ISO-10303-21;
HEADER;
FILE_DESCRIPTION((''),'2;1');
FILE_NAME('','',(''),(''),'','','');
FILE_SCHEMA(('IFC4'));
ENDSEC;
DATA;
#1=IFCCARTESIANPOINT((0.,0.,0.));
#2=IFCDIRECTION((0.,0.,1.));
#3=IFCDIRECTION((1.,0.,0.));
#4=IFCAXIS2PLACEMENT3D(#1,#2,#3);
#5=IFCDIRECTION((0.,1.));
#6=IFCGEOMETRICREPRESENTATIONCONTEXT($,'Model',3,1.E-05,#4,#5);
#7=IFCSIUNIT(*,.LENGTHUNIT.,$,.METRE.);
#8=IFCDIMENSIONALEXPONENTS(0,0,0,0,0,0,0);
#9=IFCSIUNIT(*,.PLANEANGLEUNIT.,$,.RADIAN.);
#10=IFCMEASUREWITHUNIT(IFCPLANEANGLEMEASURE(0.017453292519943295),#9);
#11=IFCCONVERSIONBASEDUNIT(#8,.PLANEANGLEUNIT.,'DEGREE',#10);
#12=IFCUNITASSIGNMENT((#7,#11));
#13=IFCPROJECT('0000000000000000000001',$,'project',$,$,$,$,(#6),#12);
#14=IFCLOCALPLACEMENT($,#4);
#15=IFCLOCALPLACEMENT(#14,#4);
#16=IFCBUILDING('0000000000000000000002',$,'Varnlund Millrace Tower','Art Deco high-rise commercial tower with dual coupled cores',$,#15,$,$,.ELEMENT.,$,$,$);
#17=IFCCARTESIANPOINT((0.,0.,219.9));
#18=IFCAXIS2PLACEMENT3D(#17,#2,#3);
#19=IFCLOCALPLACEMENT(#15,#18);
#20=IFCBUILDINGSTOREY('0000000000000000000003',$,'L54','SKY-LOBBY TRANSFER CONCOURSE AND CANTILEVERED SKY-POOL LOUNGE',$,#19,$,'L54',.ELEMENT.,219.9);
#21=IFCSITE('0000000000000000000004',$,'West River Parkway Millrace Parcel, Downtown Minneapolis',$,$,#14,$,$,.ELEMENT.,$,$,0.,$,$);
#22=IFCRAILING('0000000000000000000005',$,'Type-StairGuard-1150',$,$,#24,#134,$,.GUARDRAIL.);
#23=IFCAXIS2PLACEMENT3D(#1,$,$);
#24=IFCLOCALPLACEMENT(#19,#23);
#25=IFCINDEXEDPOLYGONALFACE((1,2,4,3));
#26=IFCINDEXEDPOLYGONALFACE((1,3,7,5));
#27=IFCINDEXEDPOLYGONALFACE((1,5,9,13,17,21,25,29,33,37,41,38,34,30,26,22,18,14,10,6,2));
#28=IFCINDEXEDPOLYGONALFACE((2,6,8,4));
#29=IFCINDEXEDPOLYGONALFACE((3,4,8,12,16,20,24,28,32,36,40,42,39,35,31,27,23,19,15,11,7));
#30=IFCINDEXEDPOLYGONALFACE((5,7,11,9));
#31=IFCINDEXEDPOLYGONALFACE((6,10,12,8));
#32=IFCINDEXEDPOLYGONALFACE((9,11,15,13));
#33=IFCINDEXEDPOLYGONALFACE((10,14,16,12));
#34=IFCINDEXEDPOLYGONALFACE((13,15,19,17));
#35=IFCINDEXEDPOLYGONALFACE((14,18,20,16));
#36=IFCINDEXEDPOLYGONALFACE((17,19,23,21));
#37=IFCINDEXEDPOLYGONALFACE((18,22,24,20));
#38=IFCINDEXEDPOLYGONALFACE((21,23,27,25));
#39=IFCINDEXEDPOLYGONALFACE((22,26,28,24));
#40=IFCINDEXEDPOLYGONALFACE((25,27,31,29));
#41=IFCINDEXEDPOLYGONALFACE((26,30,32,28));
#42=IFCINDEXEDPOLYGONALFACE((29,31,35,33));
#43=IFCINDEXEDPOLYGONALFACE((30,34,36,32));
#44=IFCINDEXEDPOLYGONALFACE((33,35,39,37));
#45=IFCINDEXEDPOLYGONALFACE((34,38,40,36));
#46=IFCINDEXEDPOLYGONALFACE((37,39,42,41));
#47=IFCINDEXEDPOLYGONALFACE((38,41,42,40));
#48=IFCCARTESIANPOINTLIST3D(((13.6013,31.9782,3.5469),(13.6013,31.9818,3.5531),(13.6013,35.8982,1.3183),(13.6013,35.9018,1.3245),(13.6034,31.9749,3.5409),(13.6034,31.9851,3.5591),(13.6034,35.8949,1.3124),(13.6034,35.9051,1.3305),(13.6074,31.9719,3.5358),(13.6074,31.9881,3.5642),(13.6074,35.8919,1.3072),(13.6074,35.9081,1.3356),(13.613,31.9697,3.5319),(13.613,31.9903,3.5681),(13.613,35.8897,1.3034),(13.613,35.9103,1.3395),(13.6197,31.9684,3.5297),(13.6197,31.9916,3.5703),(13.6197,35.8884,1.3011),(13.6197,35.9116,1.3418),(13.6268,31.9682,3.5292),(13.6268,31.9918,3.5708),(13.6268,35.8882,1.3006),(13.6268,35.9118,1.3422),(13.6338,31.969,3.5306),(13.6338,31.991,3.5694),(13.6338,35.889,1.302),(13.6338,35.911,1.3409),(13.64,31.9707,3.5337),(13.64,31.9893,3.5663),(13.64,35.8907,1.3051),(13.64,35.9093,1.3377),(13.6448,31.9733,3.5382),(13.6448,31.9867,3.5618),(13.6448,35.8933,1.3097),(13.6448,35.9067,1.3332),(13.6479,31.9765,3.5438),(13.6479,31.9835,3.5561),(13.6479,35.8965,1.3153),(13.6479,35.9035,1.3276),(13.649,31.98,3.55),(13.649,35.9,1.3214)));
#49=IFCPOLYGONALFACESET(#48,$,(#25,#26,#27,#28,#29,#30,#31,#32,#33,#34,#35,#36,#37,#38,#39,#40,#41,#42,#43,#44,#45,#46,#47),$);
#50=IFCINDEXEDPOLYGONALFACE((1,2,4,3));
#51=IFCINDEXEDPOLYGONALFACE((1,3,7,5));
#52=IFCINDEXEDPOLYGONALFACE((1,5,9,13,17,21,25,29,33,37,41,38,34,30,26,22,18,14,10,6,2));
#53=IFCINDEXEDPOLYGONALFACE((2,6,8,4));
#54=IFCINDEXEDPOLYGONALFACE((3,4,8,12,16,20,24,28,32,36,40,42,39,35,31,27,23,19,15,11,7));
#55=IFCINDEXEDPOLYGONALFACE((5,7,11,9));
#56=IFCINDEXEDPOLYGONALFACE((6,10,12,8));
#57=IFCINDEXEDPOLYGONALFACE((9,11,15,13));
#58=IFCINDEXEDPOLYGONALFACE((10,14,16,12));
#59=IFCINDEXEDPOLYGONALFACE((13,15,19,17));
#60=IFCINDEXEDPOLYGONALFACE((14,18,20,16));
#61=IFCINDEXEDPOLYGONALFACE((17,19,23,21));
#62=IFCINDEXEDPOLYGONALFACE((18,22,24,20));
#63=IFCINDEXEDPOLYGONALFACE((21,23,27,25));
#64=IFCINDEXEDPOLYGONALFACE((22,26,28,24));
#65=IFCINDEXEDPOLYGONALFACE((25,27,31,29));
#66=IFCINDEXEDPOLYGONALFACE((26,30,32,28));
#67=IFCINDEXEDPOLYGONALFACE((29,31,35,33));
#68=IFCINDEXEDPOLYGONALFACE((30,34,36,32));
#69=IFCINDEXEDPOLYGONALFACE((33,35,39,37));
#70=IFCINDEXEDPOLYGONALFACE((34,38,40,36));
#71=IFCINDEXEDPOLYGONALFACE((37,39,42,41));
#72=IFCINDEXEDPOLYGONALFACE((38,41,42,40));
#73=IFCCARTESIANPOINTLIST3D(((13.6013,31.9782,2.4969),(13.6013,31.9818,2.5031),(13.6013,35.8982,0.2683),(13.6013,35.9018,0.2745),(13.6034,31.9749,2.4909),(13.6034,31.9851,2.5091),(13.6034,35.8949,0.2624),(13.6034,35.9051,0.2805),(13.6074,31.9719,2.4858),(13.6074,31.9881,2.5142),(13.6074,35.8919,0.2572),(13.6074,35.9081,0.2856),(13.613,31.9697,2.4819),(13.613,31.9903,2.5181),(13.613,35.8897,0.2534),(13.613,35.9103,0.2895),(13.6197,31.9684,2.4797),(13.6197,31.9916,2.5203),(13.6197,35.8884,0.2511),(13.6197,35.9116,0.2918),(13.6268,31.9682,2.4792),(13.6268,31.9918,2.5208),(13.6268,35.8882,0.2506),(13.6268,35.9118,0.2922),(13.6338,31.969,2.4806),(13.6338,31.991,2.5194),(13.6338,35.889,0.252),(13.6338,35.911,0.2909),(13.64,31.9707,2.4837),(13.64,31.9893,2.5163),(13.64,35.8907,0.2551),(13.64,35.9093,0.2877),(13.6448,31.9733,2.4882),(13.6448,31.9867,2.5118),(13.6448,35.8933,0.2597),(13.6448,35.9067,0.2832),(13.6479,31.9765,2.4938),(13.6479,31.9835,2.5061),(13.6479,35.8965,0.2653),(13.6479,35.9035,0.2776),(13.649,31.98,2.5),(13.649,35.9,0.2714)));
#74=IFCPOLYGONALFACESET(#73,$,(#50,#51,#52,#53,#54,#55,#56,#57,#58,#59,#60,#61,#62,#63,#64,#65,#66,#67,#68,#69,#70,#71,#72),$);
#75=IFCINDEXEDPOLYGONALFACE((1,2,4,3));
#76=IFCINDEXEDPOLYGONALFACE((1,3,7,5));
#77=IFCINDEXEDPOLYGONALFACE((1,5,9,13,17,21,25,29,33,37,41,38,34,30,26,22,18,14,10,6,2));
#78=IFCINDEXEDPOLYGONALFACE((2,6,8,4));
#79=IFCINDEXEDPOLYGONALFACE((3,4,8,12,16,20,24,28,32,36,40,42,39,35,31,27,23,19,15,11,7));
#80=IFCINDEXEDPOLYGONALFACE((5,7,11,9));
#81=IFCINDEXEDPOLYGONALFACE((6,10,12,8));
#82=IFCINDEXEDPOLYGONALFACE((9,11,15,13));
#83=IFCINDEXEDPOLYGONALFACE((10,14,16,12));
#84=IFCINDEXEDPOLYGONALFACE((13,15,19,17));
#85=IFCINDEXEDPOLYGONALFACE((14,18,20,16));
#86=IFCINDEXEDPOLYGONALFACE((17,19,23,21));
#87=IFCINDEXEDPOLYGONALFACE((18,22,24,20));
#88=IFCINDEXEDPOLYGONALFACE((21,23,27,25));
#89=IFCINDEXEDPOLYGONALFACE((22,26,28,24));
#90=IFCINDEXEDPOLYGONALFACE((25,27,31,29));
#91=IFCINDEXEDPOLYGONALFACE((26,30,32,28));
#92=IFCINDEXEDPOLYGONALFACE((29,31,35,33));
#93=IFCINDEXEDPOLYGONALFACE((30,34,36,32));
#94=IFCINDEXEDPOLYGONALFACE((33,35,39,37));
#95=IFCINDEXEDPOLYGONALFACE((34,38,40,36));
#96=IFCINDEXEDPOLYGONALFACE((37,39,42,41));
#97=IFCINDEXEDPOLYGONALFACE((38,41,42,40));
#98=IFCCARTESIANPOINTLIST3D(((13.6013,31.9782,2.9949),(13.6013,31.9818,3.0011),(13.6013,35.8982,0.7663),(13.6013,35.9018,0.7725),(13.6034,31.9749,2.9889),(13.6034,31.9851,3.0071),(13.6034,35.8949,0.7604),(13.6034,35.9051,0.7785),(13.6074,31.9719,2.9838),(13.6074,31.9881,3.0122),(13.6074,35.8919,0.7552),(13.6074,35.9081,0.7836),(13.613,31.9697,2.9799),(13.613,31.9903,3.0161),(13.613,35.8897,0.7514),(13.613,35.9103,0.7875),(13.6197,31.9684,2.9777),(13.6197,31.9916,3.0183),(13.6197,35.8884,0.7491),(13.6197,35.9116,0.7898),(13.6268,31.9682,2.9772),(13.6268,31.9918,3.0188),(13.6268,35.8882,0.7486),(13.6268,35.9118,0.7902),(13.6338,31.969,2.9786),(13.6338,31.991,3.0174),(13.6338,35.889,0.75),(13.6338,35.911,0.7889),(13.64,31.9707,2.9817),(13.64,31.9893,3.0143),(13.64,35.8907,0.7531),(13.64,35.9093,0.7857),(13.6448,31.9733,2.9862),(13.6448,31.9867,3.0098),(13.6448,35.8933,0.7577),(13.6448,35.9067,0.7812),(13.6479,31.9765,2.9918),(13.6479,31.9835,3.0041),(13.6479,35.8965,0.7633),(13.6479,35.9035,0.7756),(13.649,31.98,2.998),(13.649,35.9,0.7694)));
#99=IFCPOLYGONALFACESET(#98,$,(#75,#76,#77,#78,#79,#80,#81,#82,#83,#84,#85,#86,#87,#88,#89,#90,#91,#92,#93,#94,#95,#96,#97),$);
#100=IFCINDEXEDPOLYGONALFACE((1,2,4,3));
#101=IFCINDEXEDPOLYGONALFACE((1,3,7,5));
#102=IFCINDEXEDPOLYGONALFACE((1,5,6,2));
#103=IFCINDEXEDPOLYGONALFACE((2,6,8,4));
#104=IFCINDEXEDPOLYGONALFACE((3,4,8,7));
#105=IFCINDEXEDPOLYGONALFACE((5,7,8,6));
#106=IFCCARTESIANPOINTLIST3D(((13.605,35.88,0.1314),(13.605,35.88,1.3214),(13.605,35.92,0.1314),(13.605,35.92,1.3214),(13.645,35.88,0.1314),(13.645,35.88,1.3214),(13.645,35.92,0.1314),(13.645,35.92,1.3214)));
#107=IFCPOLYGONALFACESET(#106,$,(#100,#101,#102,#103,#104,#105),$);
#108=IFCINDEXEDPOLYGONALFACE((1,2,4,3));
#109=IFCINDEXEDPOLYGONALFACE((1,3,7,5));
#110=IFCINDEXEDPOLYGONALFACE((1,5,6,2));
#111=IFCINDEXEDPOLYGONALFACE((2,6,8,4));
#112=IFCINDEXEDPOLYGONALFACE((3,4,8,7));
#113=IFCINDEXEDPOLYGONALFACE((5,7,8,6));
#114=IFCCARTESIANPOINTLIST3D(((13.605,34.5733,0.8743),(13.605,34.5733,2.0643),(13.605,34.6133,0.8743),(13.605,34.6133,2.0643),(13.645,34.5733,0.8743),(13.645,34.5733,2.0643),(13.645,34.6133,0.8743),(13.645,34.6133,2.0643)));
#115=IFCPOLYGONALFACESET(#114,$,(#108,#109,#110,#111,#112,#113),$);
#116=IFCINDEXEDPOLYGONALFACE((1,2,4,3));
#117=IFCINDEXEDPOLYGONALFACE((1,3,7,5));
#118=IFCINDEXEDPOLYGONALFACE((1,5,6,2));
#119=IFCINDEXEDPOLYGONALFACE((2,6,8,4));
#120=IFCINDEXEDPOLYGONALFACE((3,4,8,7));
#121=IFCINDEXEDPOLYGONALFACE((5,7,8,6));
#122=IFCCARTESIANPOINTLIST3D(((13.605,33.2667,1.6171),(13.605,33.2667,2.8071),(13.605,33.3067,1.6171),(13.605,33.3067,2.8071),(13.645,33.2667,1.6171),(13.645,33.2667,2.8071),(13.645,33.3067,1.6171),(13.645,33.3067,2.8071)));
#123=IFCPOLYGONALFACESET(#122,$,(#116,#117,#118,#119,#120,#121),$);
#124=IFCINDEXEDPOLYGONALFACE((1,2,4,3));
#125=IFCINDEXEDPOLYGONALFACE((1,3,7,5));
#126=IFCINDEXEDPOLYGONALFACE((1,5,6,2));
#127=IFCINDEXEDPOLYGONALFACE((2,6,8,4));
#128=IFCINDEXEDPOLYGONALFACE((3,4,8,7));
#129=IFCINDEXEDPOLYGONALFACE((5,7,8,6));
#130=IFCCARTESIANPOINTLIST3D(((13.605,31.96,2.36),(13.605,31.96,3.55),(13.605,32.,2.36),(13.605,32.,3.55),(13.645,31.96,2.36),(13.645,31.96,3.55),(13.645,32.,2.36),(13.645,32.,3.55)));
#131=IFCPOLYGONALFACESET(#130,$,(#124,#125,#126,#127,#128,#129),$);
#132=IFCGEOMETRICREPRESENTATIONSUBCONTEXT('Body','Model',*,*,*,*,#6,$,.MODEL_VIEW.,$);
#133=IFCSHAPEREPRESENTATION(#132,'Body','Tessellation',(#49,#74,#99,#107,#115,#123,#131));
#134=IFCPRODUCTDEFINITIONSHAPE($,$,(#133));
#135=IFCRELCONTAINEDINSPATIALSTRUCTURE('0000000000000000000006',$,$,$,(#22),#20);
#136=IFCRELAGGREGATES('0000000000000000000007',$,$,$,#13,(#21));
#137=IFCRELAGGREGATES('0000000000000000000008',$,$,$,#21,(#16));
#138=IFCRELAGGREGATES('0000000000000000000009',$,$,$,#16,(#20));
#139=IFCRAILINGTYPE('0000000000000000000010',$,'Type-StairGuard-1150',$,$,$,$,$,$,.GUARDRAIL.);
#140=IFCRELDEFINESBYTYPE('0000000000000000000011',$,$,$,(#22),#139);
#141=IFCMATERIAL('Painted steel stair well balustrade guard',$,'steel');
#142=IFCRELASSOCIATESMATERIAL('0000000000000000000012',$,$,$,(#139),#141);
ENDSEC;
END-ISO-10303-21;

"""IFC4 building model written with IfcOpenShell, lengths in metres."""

from ifc_helpers import new_model, entity, si_unit, converted_unit, direction, frame, origin_with_axes, origin_2d_with_axis, place, context, subcontext, project, spatial, rectangle, circle, extrude, material, type_object, element, save


model = new_model("IFC4")

# Units and contexts
model_context = context("Model", 3, precision=1e-05, world=origin_with_axes(), true_north=direction((0.0, 1.0)))
body_context = subcontext(model_context, "Body", "Model", "MODEL_VIEW")
ifc_project = project(units=[si_unit("LENGTHUNIT", "METRE"), converted_unit("PLANEANGLEUNIT", "DEGREE", entity("IfcPlaneAngleMeasure", 0.017453292519943295), si_unit("PLANEANGLEUNIT", "RADIAN"), dimensions=[0, 0, 0, 0, 0, 0, 0])], contexts=[model_context])

# Site, building, storey
site_placement = place(None, origin_with_axes())
site = spatial("IfcSite", under=ifc_project, at=site_placement, Name="West River Parkway Millrace Parcel, Downtown Minneapolis", CompositionType="ELEMENT", RefElevation=0.0)
building_placement = place(site_placement, origin_with_axes())
building = spatial("IfcBuilding", under=site, at=building_placement, Name="Varnlund Millrace Tower", Description="Art Deco high-rise commercial tower with dual coupled cores", CompositionType="ELEMENT")
storey_placement = place(building_placement, frame((0.0, 0.0, 219.9), z_axis=(0.0, 0.0, 1.0), x_axis=(1.0, 0.0, 0.0)))
storey = spatial("IfcBuildingStorey", under=building, at=storey_placement, Name="L54", Description="SKY-LOBBY TRANSFER CONCOURSE AND CANTILEVERED SKY-POOL LOUNGE", LongName="L54", CompositionType="ELEMENT", Elevation=219.9)

# Railing
ifc_material_1 = material(Name="Painted steel stair well balustrade guard", Category="steel")
railing_type_1 = type_object("IfcRailingType", Name="Type-StairGuard-1150", PredefinedType="GUARDRAIL", material=ifc_material_1)
railing_1_placement = place(storey_placement, frame((0.0, 0.0, -219.9), z_axis=(0.0, 0.0, 1.0), x_axis=(1.0, 0.0, 0.0)))
element("IfcRailing", 1, at=railing_1_placement, inside=storey, type_object=railing_type_1, Name="Type-StairGuard-1150", PredefinedType="GUARDRAIL", context=body_context, shape_type="SweptSolid", body=[
    extrude(circle(Radius=0.024, at=origin_2d_with_axis()), frame((13.625, 35.9, 221.2214), z_axis=(0.0, -0.869333, 0.494227), x_axis=(1.0, 0.0, 0.0)), (0.0, 0.0, 1.0), 4.5092),
    extrude(circle(Radius=0.024, at=origin_2d_with_axis()), frame((13.625, 35.9, 220.1714), z_axis=(0.0, -0.869333, 0.494227), x_axis=(1.0, 0.0, 0.0)), (0.0, 0.0, 1.0), 4.5092),
    extrude(circle(Radius=0.024, at=origin_2d_with_axis()), frame((13.625, 35.9, 220.6694), z_axis=(0.0, -0.869333, 0.494227), x_axis=(1.0, 0.0, 0.0)), (0.0, 0.0, 1.0), 4.5092),
    extrude(rectangle(XDim=0.04, YDim=0.04, at=origin_2d_with_axis()), frame((13.625, 35.9, 220.0314), z_axis=(0.0, 0.0, 1.0), x_axis=(1.0, 0.0, 0.0)), (0.0, 0.0, 1.0), 1.19),
    extrude(rectangle(XDim=0.04, YDim=0.04, at=origin_2d_with_axis()), frame((13.625, 34.5933, 220.7743), z_axis=(0.0, 0.0, 1.0), x_axis=(1.0, 0.0, 0.0)), (0.0, 0.0, 1.0), 1.19),
    extrude(rectangle(XDim=0.04, YDim=0.04, at=origin_2d_with_axis()), frame((13.625, 33.2867, 221.5171), z_axis=(0.0, 0.0, 1.0), x_axis=(1.0, 0.0, 0.0)), (0.0, 0.0, 1.0), 1.19),
    extrude(rectangle(XDim=0.04, YDim=0.04, at=origin_2d_with_axis()), frame((13.625, 31.98, 222.26), z_axis=(0.0, 0.0, 1.0), x_axis=(1.0, 0.0, 0.0)), (0.0, 0.0, 1.0), 1.19),
])

save(model, "model.ifc")
